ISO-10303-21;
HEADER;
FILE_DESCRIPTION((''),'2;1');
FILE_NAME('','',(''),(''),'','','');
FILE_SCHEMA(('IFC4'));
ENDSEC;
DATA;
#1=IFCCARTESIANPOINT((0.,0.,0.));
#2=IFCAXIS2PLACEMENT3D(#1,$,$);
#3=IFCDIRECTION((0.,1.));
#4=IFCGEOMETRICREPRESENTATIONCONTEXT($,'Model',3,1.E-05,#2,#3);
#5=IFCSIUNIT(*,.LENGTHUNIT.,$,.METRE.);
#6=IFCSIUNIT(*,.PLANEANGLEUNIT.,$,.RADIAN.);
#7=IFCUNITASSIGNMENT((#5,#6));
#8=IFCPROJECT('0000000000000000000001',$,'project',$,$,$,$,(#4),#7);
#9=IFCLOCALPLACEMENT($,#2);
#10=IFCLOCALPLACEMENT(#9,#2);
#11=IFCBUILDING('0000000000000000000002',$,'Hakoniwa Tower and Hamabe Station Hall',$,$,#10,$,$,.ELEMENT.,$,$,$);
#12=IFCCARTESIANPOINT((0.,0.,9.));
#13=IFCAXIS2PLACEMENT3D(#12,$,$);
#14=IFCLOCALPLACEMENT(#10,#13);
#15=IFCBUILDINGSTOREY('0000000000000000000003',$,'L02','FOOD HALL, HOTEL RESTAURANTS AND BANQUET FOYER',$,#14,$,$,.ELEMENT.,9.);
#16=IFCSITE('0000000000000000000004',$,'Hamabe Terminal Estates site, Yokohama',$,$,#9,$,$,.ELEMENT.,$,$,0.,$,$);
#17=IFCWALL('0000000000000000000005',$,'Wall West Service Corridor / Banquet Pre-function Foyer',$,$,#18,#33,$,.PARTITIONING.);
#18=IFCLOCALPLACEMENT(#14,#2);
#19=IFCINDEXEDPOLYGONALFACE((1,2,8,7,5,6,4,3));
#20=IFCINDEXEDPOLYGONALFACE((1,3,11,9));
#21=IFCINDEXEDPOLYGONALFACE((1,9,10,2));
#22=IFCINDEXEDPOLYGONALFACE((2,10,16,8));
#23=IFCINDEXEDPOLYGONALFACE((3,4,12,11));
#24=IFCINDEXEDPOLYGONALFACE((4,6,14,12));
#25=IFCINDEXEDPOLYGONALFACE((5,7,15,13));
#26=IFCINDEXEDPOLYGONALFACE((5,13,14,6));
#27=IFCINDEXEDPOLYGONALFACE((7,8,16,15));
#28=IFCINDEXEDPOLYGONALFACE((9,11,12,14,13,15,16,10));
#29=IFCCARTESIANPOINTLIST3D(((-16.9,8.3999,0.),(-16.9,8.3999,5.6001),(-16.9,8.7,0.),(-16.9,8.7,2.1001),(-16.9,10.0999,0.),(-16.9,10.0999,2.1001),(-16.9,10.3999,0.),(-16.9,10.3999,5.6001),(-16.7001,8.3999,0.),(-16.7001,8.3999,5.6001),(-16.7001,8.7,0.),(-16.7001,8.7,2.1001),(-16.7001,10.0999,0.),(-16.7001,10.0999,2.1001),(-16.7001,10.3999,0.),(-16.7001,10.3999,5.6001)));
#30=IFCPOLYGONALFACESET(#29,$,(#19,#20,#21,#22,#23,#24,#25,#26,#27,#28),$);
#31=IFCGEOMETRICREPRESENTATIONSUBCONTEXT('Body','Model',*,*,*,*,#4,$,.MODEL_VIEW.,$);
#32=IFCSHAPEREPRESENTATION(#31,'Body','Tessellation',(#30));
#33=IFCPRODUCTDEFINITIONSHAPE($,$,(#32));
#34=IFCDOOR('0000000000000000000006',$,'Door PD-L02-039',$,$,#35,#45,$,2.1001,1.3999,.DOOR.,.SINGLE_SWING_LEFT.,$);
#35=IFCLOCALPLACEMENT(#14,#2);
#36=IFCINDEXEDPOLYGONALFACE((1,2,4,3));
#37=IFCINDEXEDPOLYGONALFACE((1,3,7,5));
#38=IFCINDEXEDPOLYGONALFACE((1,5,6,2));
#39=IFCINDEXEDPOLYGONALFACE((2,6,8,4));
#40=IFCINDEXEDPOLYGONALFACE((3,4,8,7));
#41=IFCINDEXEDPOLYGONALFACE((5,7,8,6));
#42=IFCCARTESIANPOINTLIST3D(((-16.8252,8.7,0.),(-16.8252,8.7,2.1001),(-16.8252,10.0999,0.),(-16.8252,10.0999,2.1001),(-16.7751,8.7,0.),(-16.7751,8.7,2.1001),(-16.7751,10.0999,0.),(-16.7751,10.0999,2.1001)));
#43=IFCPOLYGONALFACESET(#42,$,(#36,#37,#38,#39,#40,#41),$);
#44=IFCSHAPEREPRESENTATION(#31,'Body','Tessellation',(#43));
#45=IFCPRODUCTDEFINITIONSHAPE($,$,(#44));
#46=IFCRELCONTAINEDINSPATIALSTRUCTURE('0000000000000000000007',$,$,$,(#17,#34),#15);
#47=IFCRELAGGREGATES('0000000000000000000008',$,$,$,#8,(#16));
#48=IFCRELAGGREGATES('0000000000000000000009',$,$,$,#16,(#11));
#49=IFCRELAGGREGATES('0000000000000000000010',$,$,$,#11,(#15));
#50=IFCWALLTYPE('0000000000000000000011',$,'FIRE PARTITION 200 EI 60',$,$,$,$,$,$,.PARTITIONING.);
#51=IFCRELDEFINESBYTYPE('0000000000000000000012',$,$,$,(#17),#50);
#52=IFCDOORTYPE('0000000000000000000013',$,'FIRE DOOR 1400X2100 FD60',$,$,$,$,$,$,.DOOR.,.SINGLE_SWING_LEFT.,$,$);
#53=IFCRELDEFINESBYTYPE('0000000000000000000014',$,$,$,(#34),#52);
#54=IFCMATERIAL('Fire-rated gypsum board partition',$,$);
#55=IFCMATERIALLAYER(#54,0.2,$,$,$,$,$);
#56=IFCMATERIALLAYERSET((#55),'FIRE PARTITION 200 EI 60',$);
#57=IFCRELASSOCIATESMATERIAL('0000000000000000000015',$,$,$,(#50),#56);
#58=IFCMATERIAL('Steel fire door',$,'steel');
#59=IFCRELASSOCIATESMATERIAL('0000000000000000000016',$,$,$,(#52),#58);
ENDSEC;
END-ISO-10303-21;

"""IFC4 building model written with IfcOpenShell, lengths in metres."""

from ifc_helpers import new_model, si_unit, direction, frame, frame_2d, origin, place, context, subcontext, project, spatial, rectangle, extrude, material, layer, layer_set, type_object, element, fill, save


model = new_model("IFC4")

# Units and contexts
model_context = context("Model", 3, precision=1e-05, world=origin(), true_north=direction((0.0, 1.0)))
body_context = subcontext(model_context, "Body", "Model", "MODEL_VIEW")
ifc_project = project(units=[si_unit("LENGTHUNIT", "METRE"), si_unit("PLANEANGLEUNIT", "RADIAN")], contexts=[model_context])

# Site, building, storey
site_placement = place(None, origin())
site = spatial("IfcSite", under=ifc_project, at=site_placement, Name="Hamabe Terminal Estates site, Yokohama", CompositionType="ELEMENT", RefElevation=0.0)
building_placement = place(site_placement, origin())
building = spatial("IfcBuilding", under=site, at=building_placement, Name="Hakoniwa Tower and Hamabe Station Hall", CompositionType="ELEMENT")
storey_placement = place(building_placement, frame((0.0, 0.0, 9.0)))
storey = spatial("IfcBuildingStorey", under=building, at=storey_placement, Name="L02", Description="FOOD HALL, HOTEL RESTAURANTS AND BANQUET FOYER", CompositionType="ELEMENT", Elevation=9.0)

# Shared definitions
ifc_material_1 = material(Name="Fire-rated gypsum board partition")
ifc_layer_1 = layer(ifc_material_1, 0.2)
ifc_layer_set_1 = layer_set([ifc_layer_1], Name="FIRE PARTITION 200 EI 60")
wall_type_1 = type_object("IfcWallType", Name="FIRE PARTITION 200 EI 60", PredefinedType="PARTITIONING", material=ifc_layer_set_1)

# Wall, opening, door
wall_1_placement = place(storey_placement, frame((-16.8, 10.3999, 0.0), z_axis=(0.0, 0.0, 1.0), x_axis=(0.0, -1.0, 0.0)))
wall_1 = element("IfcWall", 1, at=wall_1_placement, inside=storey, type_object=wall_type_1, Name="Wall West Service Corridor / Banquet Pre-function Foyer", PredefinedType="PARTITIONING", context=body_context, shape_type="SweptSolid", body=[
    extrude(rectangle(XDim=2.0, YDim=0.2, at=frame_2d((1.0, 0.0))), origin(), (0.0, 0.0, 1.0), 5.6001),
])
opening_1_placement = place(wall_1_placement, frame((0.3, 0.0, 0.0)))
opening_1 = element("IfcOpeningElement", 2, at=opening_1_placement, cuts=wall_1, PredefinedType="OPENING", context=body_context, shape_type="SweptSolid", body=[
    extrude(rectangle(XDim=1.3999, YDim=2.1001, at=frame_2d((0.7, 1.05))), frame((0.0, 0.1099, 0.0), z_axis=(0.0, -1.0, 0.0), x_axis=(1.0, 0.0, 0.0)), (0.0, 0.0, 1.0), 0.22),
])
ifc_material_2 = material(Name="Steel fire door", Category="steel")
door_type_1 = type_object("IfcDoorType", Name="FIRE DOOR 1400X2100 FD60", OperationType="SINGLE_SWING_LEFT", PredefinedType="DOOR", material=ifc_material_2)
door_1_placement = place(opening_1_placement, origin())
door_1 = element("IfcDoor", 3, at=door_1_placement, inside=storey, type_object=door_type_1, Name="Door PD-L02-039", OperationType="SINGLE_SWING_LEFT", OverallHeight=2.1001, OverallWidth=1.3999, PredefinedType="DOOR", context=body_context, shape_type="SweptSolid", body=[
    extrude(rectangle(XDim=1.3999, YDim=2.1001, at=frame_2d((0.7, 1.05))), frame((0.0, 0.0249, 0.0), z_axis=(0.0, -1.0, 0.0), x_axis=(1.0, 0.0, 0.0)), (0.0, 0.0, 1.0), 0.05),
])
fill(opening_1, door_1)

save(model, "model.ifc")
